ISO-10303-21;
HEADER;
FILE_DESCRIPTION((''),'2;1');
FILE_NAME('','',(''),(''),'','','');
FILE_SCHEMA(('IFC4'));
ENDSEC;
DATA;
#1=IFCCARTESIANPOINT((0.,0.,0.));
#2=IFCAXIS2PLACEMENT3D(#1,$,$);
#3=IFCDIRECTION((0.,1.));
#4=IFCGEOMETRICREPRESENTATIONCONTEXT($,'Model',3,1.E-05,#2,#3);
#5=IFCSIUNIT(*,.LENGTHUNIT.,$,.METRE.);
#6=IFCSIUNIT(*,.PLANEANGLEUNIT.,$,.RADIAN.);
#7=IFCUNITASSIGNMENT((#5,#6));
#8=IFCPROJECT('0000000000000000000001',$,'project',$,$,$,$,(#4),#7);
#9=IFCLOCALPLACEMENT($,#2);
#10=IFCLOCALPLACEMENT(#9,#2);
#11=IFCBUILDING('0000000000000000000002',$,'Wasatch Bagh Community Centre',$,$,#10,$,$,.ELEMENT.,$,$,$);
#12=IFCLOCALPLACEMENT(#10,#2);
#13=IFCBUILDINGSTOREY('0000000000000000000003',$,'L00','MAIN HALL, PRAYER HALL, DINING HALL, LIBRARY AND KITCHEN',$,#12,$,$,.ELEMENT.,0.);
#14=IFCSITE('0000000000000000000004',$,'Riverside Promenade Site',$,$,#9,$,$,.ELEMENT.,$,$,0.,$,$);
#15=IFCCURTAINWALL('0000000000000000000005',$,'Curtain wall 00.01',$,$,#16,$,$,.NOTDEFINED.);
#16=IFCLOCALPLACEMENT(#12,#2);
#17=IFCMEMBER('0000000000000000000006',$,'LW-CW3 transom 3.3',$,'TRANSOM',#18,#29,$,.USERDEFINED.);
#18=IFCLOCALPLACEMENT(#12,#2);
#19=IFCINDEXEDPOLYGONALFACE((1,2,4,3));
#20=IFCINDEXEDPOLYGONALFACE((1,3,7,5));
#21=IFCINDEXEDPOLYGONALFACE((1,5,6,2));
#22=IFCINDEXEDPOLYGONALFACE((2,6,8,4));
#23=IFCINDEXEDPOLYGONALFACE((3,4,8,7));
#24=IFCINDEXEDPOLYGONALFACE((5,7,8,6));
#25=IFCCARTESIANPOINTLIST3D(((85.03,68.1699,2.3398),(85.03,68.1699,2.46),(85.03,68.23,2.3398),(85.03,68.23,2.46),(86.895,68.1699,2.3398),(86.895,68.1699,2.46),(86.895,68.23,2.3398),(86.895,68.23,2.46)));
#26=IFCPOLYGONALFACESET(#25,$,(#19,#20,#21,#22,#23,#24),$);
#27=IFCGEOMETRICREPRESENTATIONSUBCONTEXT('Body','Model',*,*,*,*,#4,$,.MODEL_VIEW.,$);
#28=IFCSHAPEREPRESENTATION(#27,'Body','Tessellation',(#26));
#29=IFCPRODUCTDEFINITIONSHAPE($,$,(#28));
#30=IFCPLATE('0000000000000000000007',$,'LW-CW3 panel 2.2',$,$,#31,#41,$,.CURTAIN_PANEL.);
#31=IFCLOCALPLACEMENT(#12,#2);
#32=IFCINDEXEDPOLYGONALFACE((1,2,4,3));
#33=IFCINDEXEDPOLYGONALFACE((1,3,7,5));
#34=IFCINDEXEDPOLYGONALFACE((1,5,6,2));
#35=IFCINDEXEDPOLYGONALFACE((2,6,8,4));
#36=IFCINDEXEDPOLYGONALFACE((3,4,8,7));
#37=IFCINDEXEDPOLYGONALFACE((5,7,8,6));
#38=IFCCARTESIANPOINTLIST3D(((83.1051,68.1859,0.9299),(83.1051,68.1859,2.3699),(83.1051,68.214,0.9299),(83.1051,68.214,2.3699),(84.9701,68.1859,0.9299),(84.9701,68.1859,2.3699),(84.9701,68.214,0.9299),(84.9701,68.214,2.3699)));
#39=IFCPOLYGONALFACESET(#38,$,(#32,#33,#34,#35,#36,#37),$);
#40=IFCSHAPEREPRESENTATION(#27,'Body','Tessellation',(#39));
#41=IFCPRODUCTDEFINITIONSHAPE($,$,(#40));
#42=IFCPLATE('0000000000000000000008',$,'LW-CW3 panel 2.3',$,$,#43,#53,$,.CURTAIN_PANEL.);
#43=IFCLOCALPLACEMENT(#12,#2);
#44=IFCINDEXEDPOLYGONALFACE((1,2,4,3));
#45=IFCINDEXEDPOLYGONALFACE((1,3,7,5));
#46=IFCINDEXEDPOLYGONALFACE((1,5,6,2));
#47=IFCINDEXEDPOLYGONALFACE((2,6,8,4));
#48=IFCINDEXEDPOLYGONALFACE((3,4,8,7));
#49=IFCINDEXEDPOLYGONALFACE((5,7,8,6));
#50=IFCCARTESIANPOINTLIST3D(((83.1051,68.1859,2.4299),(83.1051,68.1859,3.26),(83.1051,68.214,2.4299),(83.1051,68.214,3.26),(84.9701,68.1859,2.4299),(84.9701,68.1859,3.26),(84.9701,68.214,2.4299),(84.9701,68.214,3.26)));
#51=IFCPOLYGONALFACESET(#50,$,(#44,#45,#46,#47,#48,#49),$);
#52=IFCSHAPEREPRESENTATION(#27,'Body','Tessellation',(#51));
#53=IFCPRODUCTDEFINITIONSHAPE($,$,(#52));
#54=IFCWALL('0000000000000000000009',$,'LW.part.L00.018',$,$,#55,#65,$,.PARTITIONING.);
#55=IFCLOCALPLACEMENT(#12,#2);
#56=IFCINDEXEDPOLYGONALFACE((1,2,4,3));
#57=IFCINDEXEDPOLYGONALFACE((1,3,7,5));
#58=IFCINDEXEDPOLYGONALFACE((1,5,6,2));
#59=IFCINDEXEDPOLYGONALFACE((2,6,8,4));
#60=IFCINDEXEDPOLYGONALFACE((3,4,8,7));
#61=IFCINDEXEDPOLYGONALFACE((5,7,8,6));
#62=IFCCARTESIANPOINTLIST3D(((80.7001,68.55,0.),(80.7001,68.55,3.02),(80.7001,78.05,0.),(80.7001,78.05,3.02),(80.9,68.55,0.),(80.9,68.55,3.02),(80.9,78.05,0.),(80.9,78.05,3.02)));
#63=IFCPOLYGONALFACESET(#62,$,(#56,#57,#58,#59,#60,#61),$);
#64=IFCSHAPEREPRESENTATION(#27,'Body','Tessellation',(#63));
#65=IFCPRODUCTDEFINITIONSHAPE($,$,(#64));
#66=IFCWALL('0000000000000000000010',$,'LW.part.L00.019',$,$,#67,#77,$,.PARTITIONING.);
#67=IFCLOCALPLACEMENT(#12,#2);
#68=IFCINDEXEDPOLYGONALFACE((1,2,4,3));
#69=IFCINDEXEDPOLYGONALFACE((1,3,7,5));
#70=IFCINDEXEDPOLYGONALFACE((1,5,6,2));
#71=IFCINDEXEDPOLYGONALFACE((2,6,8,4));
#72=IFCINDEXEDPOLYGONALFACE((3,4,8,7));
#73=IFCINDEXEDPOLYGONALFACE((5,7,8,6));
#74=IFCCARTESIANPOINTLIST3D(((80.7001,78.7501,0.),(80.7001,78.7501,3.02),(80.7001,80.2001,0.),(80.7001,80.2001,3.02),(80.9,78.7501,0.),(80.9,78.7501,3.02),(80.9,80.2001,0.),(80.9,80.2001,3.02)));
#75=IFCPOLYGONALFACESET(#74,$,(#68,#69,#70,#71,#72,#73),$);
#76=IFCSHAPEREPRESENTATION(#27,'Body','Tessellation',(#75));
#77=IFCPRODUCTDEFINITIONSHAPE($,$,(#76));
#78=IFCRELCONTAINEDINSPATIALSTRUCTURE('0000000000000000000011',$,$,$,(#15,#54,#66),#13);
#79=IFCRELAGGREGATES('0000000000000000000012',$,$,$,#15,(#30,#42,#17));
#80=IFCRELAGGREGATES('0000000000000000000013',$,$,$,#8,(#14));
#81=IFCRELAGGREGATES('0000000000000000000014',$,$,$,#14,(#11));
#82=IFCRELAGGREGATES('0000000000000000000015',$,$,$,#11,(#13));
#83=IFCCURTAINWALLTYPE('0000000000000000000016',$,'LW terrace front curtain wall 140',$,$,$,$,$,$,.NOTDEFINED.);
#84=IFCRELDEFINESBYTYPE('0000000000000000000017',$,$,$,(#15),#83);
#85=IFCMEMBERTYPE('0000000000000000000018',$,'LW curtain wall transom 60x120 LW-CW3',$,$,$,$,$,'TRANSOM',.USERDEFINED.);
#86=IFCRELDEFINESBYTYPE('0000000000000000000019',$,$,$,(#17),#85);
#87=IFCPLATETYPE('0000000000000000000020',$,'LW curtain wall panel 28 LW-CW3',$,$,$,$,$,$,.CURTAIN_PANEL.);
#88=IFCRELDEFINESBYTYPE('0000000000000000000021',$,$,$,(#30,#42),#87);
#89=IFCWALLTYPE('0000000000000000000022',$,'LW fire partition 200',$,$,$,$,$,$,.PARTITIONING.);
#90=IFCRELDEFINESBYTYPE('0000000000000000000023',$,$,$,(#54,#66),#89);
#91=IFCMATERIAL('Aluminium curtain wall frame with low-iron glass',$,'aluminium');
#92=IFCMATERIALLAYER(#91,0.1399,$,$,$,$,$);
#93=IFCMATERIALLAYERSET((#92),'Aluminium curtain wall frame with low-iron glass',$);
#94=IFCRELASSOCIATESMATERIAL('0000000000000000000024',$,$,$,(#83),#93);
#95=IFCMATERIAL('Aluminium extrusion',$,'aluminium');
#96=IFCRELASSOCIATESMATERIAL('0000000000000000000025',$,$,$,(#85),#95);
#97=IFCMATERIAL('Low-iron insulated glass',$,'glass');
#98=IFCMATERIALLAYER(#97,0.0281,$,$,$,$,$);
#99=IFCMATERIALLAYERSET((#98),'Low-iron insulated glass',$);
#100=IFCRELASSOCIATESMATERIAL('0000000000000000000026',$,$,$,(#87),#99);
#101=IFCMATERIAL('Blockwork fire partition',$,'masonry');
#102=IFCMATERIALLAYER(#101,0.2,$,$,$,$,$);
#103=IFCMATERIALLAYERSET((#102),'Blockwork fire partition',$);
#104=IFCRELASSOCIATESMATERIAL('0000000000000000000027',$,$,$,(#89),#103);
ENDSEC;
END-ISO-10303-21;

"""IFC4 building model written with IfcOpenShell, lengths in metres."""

from ifc_helpers import new_model, si_unit, direction, frame, frame_2d, origin, origin_2d, place, context, subcontext, project, spatial, rectangle, extrude, material, layer, layer_set, material_profile, profile_set, type_object, element, aggregate, save


model = new_model("IFC4")

# Units and contexts
model_context = context("Model", 3, precision=1e-05, world=origin(), true_north=direction((0.0, 1.0)))
body_context = subcontext(model_context, "Body", "Model", "MODEL_VIEW")
ifc_project = project(units=[si_unit("LENGTHUNIT", "METRE"), si_unit("PLANEANGLEUNIT", "RADIAN")], contexts=[model_context])

# Site, building, storey
site_placement = place(None, origin())
site = spatial("IfcSite", under=ifc_project, at=site_placement, Name="Riverside Promenade Site", CompositionType="ELEMENT", RefElevation=0.0)
building_placement = place(site_placement, origin())
building = spatial("IfcBuilding", under=site, at=building_placement, Name="Wasatch Bagh Community Centre", CompositionType="ELEMENT")
storey_placement = place(building_placement, origin())
storey = spatial("IfcBuildingStorey", under=building, at=storey_placement, Name="L00", Description="MAIN HALL, PRAYER HALL, DINING HALL, LIBRARY AND KITCHEN", CompositionType="ELEMENT", Elevation=0.0)

# Curtain wall, member, plates
ifc_material_1 = material(Name="Aluminium curtain wall frame with low-iron glass", Category="aluminium")
ifc_layer_1 = layer(ifc_material_1, 0.1399)
ifc_layer_set_1 = layer_set([ifc_layer_1], Name="Aluminium curtain wall frame with low-iron glass")
curtain_wall_type = type_object("IfcCurtainWallType", Name="LW terrace front curtain wall 140", PredefinedType="NOTDEFINED", material=ifc_layer_set_1)
curtain_wall_placement = place(storey_placement, origin())
curtain_wall = element("IfcCurtainWall", 1, at=curtain_wall_placement, inside=storey, type_object=curtain_wall_type, Name="Curtain wall 00.01", PredefinedType="NOTDEFINED")
ifc_material_2 = material(Name="Aluminium extrusion", Category="aluminium")
ifc_material_profile_1 = material_profile(ifc_material_2, rectangle(XDim=0.0601, YDim=0.1201, at=origin_2d()), Name="AL 60x120")
ifc_profile_set_1 = profile_set([ifc_material_profile_1], Name="Aluminium extrusion")
member_type_1 = type_object("IfcMemberType", Name="LW curtain wall transom 60x120 LW-CW3", ElementType="TRANSOM", PredefinedType="USERDEFINED", material=ifc_profile_set_1)
member_1_placement = place(storey_placement, frame((85.03, 68.2, 2.3999), z_axis=(1.0, 0.0, 0.0), x_axis=(0.0, 1.0, 0.0)))
member_1 = element("IfcMember", 2, at=member_1_placement, type_object=member_type_1, Name="LW-CW3 transom 3.3", ObjectType="TRANSOM", PredefinedType="USERDEFINED", context=body_context, shape_type="SweptSolid", body=[
    extrude(rectangle(XDim=0.0601, YDim=0.1201, at=origin_2d()), origin(), (0.0, 0.0, 1.0), 1.865),
])
ifc_material_3 = material(Name="Low-iron insulated glass", Category="glass")
ifc_layer_2 = layer(ifc_material_3, 0.0281)
ifc_layer_set_2 = layer_set([ifc_layer_2], Name="Low-iron insulated glass")
plate_type = type_object("IfcPlateType", Name="LW curtain wall panel 28 LW-CW3", PredefinedType="CURTAIN_PANEL", material=ifc_layer_set_2)
plate_1_placement = place(storey_placement, frame((84.0376, 68.2, 0.9299), z_axis=(0.0, 0.0, 1.0), x_axis=(1.0, 0.0, 0.0)))
plate_1 = element("IfcPlate", 3, at=plate_1_placement, type_object=plate_type, Name="LW-CW3 panel 2.2", PredefinedType="CURTAIN_PANEL", context=body_context, shape_type="SweptSolid", body=[
    extrude(rectangle(XDim=1.865, YDim=0.0281, at=origin_2d()), origin(), (0.0, 0.0, 1.0), 1.4399),
])
plate_2_placement = place(storey_placement, frame((84.0376, 68.2, 2.4299), z_axis=(0.0, 0.0, 1.0), x_axis=(1.0, 0.0, 0.0)))
plate_2 = element("IfcPlate", 4, at=plate_2_placement, type_object=plate_type, Name="LW-CW3 panel 2.3", PredefinedType="CURTAIN_PANEL", context=body_context, shape_type="SweptSolid", body=[
    extrude(rectangle(XDim=1.865, YDim=0.0281, at=origin_2d()), origin(), (0.0, 0.0, 1.0), 0.8301),
])
aggregate(curtain_wall, [plate_1, plate_2, member_1])

# Walls
ifc_material_4 = material(Name="Blockwork fire partition", Category="masonry")
ifc_layer_3 = layer(ifc_material_4, 0.2)
ifc_layer_set_3 = layer_set([ifc_layer_3], Name="Blockwork fire partition")
wall_type = type_object("IfcWallType", Name="LW fire partition 200", PredefinedType="PARTITIONING", material=ifc_layer_set_3)
wall_1_placement = place(storey_placement, frame((80.8, 68.55, 0.0), z_axis=(0.0, 0.0, 1.0), x_axis=(0.0, 1.0, 0.0)))
element("IfcWall", 5, at=wall_1_placement, inside=storey, type_object=wall_type, Name="LW.part.L00.018", PredefinedType="PARTITIONING", context=body_context, shape_type="SweptSolid", body=[
    extrude(rectangle(XDim=9.5, YDim=0.2, at=frame_2d((4.75, 0.0))), origin(), (0.0, 0.0, 1.0), 3.02),
])
wall_2_placement = place(storey_placement, frame((80.8, 78.75, 0.0), z_axis=(0.0, 0.0, 1.0), x_axis=(0.0, 1.0, 0.0)))
element("IfcWall", 6, at=wall_2_placement, inside=storey, type_object=wall_type, Name="LW.part.L00.019", PredefinedType="PARTITIONING", context=body_context, shape_type="SweptSolid", body=[
    extrude(rectangle(XDim=1.45, YDim=0.2, at=frame_2d((0.7251, 0.0))), origin(), (0.0, 0.0, 1.0), 3.02),
])

save(model, "model.ifc")
